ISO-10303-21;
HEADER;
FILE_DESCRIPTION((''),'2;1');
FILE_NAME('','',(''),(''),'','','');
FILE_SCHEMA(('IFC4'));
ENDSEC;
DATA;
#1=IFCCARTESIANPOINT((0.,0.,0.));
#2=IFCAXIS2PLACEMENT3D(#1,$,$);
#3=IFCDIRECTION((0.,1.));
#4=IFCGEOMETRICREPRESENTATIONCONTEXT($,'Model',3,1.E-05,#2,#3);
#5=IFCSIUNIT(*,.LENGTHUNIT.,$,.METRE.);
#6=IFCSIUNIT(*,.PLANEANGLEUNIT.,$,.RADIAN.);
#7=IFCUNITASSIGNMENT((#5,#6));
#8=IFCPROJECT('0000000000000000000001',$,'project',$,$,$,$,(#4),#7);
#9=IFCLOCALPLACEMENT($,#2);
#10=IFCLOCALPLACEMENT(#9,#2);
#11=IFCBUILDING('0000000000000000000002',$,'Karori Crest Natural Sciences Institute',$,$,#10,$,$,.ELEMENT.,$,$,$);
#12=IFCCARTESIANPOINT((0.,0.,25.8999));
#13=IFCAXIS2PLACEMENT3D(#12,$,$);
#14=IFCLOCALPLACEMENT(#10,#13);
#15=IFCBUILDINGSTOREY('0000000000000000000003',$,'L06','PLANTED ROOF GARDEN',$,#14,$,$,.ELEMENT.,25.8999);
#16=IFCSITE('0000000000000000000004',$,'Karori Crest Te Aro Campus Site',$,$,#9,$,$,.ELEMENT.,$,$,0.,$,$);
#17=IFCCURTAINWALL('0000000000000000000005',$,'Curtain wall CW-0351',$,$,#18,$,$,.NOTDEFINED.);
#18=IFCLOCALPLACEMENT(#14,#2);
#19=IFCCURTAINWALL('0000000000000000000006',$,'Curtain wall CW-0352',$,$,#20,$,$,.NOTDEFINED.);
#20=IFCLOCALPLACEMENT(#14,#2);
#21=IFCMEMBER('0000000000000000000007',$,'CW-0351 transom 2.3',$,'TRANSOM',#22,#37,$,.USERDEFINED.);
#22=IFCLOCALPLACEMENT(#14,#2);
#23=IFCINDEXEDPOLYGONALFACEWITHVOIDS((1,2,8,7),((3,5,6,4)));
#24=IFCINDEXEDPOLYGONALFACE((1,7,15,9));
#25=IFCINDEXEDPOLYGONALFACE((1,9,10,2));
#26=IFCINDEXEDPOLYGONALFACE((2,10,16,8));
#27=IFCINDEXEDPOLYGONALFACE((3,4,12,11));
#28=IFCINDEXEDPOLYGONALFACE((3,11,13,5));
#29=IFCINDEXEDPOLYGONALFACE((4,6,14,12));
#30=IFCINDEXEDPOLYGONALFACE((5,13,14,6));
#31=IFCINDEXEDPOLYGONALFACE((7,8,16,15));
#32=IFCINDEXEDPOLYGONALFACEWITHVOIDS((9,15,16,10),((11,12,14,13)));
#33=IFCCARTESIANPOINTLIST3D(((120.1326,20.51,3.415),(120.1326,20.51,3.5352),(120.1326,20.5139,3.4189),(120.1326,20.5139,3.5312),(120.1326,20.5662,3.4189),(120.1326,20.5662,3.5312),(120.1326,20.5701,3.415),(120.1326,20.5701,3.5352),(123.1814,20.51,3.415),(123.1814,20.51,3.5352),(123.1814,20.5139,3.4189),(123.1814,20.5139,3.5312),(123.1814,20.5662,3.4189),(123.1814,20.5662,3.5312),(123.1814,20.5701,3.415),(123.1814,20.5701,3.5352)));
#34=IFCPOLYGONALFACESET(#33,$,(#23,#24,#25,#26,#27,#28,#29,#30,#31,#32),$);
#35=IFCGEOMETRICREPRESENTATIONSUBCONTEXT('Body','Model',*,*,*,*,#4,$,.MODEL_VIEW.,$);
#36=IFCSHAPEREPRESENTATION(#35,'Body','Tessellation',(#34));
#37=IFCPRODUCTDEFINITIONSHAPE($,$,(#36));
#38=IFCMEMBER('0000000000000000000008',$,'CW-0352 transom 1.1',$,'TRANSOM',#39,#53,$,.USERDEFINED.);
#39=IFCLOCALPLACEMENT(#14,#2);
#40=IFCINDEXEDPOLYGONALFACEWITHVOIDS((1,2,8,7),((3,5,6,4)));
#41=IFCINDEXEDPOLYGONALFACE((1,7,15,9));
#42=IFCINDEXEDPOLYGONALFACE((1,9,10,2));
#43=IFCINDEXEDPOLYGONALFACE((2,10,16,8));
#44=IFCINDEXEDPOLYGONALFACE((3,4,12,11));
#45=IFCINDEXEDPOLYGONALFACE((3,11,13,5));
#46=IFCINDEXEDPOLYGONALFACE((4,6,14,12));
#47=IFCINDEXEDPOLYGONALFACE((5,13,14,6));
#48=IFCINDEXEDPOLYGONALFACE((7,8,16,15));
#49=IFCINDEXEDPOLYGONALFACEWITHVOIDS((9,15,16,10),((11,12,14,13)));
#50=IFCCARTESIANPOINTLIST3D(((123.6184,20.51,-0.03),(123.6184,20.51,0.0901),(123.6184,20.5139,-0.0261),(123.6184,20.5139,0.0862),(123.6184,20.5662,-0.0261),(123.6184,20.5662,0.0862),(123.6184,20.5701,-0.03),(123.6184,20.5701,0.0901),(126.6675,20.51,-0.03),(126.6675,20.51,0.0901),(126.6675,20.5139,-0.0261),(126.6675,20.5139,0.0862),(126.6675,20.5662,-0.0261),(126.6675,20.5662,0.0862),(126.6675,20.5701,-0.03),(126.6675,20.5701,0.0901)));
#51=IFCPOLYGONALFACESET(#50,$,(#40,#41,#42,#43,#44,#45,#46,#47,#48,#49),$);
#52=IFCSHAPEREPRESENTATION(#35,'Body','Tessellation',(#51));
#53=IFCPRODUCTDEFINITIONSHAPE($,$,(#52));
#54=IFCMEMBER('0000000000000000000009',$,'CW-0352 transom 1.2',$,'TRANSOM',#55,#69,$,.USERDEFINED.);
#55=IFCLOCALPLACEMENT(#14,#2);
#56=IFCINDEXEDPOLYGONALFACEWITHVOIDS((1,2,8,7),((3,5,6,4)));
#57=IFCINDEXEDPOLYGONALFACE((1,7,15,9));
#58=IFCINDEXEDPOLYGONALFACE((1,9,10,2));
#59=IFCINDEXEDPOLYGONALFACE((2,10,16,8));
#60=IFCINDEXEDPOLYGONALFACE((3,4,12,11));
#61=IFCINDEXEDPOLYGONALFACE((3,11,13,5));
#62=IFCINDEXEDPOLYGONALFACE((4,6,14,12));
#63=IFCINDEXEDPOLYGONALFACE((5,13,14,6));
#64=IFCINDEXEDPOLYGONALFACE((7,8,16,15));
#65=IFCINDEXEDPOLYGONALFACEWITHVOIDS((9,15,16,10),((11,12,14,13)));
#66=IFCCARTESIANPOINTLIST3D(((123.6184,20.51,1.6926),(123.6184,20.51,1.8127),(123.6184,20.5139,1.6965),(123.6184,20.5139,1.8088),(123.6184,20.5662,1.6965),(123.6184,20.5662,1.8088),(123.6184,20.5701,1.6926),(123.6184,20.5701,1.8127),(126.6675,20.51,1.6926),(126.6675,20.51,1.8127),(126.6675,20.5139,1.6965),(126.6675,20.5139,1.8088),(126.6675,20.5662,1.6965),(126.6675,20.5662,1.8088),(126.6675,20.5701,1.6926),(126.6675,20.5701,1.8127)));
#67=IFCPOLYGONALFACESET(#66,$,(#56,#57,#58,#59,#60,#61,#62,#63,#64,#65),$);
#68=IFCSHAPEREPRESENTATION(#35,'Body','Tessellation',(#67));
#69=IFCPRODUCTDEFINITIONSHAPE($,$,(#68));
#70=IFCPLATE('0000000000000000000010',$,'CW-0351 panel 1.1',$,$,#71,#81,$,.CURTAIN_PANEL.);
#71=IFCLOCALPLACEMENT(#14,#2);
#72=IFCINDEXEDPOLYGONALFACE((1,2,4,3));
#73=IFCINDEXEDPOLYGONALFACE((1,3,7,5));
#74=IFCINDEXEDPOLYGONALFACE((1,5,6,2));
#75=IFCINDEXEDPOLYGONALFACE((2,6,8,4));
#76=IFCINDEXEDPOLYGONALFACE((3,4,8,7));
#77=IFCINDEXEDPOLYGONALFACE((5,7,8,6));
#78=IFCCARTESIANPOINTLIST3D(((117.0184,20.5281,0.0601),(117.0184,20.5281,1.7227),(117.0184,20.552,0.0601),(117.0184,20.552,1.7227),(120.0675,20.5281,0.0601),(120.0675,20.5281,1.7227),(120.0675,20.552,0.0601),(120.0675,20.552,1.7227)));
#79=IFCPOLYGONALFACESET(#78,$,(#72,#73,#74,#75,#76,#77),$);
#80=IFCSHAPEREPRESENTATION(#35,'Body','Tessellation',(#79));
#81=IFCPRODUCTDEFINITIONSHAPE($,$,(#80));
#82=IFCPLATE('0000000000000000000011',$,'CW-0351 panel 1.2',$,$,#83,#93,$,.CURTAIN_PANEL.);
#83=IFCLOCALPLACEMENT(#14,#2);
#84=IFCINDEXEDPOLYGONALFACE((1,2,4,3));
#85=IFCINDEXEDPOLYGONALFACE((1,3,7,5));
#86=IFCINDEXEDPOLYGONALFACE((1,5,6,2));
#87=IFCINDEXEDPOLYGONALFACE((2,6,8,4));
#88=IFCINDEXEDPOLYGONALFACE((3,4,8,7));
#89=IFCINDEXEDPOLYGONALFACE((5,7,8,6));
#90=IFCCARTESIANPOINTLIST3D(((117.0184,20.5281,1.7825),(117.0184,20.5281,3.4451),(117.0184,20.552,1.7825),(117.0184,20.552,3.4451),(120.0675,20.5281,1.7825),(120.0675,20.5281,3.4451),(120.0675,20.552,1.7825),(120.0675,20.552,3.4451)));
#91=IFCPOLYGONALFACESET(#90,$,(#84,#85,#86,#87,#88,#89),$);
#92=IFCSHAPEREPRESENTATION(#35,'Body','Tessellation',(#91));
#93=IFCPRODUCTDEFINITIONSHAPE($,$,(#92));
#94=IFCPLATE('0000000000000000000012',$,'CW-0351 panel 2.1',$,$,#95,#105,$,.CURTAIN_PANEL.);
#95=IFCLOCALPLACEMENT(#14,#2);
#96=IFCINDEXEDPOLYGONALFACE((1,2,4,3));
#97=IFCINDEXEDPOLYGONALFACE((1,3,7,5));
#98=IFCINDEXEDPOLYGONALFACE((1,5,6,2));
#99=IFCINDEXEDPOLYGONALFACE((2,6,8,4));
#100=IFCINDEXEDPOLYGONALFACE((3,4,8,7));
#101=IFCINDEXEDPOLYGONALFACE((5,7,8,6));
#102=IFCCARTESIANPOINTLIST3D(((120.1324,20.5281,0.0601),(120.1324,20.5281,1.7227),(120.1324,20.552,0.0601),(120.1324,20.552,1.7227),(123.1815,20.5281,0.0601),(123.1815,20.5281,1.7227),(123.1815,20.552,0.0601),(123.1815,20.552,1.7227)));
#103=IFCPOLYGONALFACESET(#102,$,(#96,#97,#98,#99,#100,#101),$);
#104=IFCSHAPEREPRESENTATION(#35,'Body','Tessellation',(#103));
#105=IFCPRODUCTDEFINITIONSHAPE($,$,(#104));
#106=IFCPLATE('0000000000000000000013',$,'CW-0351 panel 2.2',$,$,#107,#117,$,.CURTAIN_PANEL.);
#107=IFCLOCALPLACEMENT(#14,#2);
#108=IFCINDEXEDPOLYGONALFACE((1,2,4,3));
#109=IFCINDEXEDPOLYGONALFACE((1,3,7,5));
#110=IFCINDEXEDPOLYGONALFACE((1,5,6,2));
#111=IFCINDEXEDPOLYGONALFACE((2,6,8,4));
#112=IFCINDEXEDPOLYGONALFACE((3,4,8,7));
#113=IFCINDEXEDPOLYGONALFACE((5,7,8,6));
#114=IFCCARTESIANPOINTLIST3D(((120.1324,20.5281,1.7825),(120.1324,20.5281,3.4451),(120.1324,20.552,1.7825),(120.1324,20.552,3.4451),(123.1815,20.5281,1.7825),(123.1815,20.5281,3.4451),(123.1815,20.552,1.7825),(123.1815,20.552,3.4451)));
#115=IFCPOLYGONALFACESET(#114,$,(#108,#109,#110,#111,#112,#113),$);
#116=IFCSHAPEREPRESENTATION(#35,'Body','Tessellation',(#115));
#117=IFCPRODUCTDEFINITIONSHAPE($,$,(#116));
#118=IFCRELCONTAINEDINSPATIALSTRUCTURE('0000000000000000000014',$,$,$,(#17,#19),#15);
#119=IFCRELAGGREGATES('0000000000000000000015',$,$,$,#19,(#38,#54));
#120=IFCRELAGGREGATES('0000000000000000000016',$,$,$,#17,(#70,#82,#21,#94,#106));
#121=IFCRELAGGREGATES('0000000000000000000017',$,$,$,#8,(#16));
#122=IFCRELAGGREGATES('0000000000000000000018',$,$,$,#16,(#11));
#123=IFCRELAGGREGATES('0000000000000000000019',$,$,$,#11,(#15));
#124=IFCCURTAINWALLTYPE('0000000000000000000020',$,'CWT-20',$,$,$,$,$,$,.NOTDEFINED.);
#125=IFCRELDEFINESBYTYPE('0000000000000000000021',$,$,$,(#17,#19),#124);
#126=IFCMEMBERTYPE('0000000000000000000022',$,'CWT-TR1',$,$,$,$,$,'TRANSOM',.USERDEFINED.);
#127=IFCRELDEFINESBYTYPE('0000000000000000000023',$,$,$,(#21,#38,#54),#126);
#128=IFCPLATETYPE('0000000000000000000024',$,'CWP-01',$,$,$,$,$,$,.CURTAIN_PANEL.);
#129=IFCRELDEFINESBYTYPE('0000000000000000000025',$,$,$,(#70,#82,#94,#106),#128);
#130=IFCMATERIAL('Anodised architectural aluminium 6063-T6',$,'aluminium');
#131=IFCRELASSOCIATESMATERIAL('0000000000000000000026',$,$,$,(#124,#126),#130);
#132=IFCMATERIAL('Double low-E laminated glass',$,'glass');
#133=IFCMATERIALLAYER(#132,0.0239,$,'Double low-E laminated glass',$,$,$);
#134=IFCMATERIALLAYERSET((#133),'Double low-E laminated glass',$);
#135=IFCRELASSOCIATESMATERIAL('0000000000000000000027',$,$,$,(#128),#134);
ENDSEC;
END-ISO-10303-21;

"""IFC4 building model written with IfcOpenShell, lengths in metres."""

from ifc_helpers import new_model, si_unit, direction, frame, origin, origin_2d, place, context, subcontext, project, spatial, rectangle, hollow_rectangle, extrude, material, layer, layer_set, material_profile, profile_set, type_object, element, aggregate, save


model = new_model("IFC4")

# Units and contexts
model_context = context("Model", 3, precision=1e-05, world=origin(), true_north=direction((0.0, 1.0)))
body_context = subcontext(model_context, "Body", "Model", "MODEL_VIEW")
ifc_project = project(units=[si_unit("LENGTHUNIT", "METRE"), si_unit("PLANEANGLEUNIT", "RADIAN")], contexts=[model_context])

# Site, building, storey
site_placement = place(None, origin())
site = spatial("IfcSite", under=ifc_project, at=site_placement, Name="Karori Crest Te Aro Campus Site", CompositionType="ELEMENT", RefElevation=0.0)
building_placement = place(site_placement, origin())
building = spatial("IfcBuilding", under=site, at=building_placement, Name="Karori Crest Natural Sciences Institute", CompositionType="ELEMENT")
storey_placement = place(building_placement, frame((0.0, 0.0, 25.8999)))
storey = spatial("IfcBuildingStorey", under=building, at=storey_placement, Name="L06", Description="PLANTED ROOF GARDEN", CompositionType="ELEMENT", Elevation=25.8999)

# Curtain wall
ifc_material_1 = material(Name="Anodised architectural aluminium 6063-T6", Category="aluminium")
curtain_wall_type = type_object("IfcCurtainWallType", Name="CWT-20", PredefinedType="NOTDEFINED", material=ifc_material_1)
curtain_wall_1_placement = place(storey_placement, origin())
curtain_wall_1 = element("IfcCurtainWall", 1, at=curtain_wall_1_placement, inside=storey, type_object=curtain_wall_type, Name="Curtain wall CW-0351", PredefinedType="NOTDEFINED")

# Curtain wall
curtain_wall_2_placement = place(storey_placement, origin())
curtain_wall_2 = element("IfcCurtainWall", 2, at=curtain_wall_2_placement, inside=storey, type_object=curtain_wall_type, Name="Curtain wall CW-0352", PredefinedType="NOTDEFINED")

# Members
ifc_material_profile_1 = material_profile(ifc_material_1, hollow_rectangle(XDim=0.0601, YDim=0.1201, WallThickness=0.0039, at=origin_2d()), Name="CWT120x60x4")
ifc_profile_set_1 = profile_set([ifc_material_profile_1], Name="Anodised architectural aluminium 6063-T6")
member_type_1 = type_object("IfcMemberType", Name="CWT-TR1", ElementType="TRANSOM", PredefinedType="USERDEFINED", material=ifc_profile_set_1)
member_1_placement = place(storey_placement, frame((120.1326, 20.54, 3.4751), z_axis=(1.0, 0.0, 0.0), x_axis=(0.0, 1.0, 0.0)))
member_1 = element("IfcMember", 3, at=member_1_placement, type_object=member_type_1, Name="CW-0351 transom 2.3", ObjectType="TRANSOM", PredefinedType="USERDEFINED", context=body_context, shape_type="SweptSolid", body=[
    extrude(hollow_rectangle(XDim=0.0601, YDim=0.1201, WallThickness=0.0039, at=origin_2d()), origin(), (0.0, 0.0, 1.0), 3.0488),
])
member_2_placement = place(storey_placement, frame((123.6184, 20.54, 0.03), z_axis=(1.0, 0.0, 0.0), x_axis=(0.0, 1.0, 0.0)))
member_2 = element("IfcMember", 4, at=member_2_placement, type_object=member_type_1, Name="CW-0352 transom 1.1", ObjectType="TRANSOM", PredefinedType="USERDEFINED", context=body_context, shape_type="SweptSolid", body=[
    extrude(hollow_rectangle(XDim=0.0601, YDim=0.1201, WallThickness=0.0039, at=origin_2d()), origin(), (0.0, 0.0, 1.0), 3.0491),
])
member_3_placement = place(storey_placement, frame((123.6184, 20.54, 1.7527), z_axis=(1.0, 0.0, 0.0), x_axis=(0.0, 1.0, 0.0)))
member_3 = element("IfcMember", 5, at=member_3_placement, type_object=member_type_1, Name="CW-0352 transom 1.2", ObjectType="TRANSOM", PredefinedType="USERDEFINED", context=body_context, shape_type="SweptSolid", body=[
    extrude(hollow_rectangle(XDim=0.0601, YDim=0.1201, WallThickness=0.0039, at=origin_2d()), origin(), (0.0, 0.0, 1.0), 3.0491),
])
aggregate(curtain_wall_2, [member_2, member_3])

# Plates
ifc_material_2 = material(Name="Double low-E laminated glass", Category="glass")
ifc_layer = layer(ifc_material_2, 0.0239, Name="Double low-E laminated glass")
ifc_layer_set = layer_set([ifc_layer], Name="Double low-E laminated glass")
plate_type = type_object("IfcPlateType", Name="CWP-01", PredefinedType="CURTAIN_PANEL", material=ifc_layer_set)
plate_1_placement = place(storey_placement, frame((118.543, 20.54, 0.0601), z_axis=(0.0, 0.0, 1.0), x_axis=(1.0, 0.0, 0.0)))
plate_1 = element("IfcPlate", 6, at=plate_1_placement, type_object=plate_type, Name="CW-0351 panel 1.1", PredefinedType="CURTAIN_PANEL", context=body_context, shape_type="SweptSolid", body=[
    extrude(rectangle(XDim=3.0491, YDim=0.0239, at=origin_2d()), origin(), (0.0, 0.0, 1.0), 1.6626),
])
plate_2_placement = place(storey_placement, frame((118.543, 20.54, 1.7825), z_axis=(0.0, 0.0, 1.0), x_axis=(1.0, 0.0, 0.0)))
plate_2 = element("IfcPlate", 7, at=plate_2_placement, type_object=plate_type, Name="CW-0351 panel 1.2", PredefinedType="CURTAIN_PANEL", context=body_context, shape_type="SweptSolid", body=[
    extrude(rectangle(XDim=3.0491, YDim=0.0239, at=origin_2d()), origin(), (0.0, 0.0, 1.0), 1.6626),
])
plate_3_placement = place(storey_placement, frame((121.657, 20.54, 0.0601), z_axis=(0.0, 0.0, 1.0), x_axis=(1.0, 0.0, 0.0)))
plate_3 = element("IfcPlate", 8, at=plate_3_placement, type_object=plate_type, Name="CW-0351 panel 2.1", PredefinedType="CURTAIN_PANEL", context=body_context, shape_type="SweptSolid", body=[
    extrude(rectangle(XDim=3.0491, YDim=0.0239, at=origin_2d()), origin(), (0.0, 0.0, 1.0), 1.6626),
])
plate_4_placement = place(storey_placement, frame((121.657, 20.54, 1.7825), z_axis=(0.0, 0.0, 1.0), x_axis=(1.0, 0.0, 0.0)))
plate_4 = element("IfcPlate", 9, at=plate_4_placement, type_object=plate_type, Name="CW-0351 panel 2.2", PredefinedType="CURTAIN_PANEL", context=body_context, shape_type="SweptSolid", body=[
    extrude(rectangle(XDim=3.0491, YDim=0.0239, at=origin_2d()), origin(), (0.0, 0.0, 1.0), 1.6626),
])
aggregate(curtain_wall_1, [plate_1, plate_2, member_1, plate_3, plate_4])

save(model, "model.ifc")
